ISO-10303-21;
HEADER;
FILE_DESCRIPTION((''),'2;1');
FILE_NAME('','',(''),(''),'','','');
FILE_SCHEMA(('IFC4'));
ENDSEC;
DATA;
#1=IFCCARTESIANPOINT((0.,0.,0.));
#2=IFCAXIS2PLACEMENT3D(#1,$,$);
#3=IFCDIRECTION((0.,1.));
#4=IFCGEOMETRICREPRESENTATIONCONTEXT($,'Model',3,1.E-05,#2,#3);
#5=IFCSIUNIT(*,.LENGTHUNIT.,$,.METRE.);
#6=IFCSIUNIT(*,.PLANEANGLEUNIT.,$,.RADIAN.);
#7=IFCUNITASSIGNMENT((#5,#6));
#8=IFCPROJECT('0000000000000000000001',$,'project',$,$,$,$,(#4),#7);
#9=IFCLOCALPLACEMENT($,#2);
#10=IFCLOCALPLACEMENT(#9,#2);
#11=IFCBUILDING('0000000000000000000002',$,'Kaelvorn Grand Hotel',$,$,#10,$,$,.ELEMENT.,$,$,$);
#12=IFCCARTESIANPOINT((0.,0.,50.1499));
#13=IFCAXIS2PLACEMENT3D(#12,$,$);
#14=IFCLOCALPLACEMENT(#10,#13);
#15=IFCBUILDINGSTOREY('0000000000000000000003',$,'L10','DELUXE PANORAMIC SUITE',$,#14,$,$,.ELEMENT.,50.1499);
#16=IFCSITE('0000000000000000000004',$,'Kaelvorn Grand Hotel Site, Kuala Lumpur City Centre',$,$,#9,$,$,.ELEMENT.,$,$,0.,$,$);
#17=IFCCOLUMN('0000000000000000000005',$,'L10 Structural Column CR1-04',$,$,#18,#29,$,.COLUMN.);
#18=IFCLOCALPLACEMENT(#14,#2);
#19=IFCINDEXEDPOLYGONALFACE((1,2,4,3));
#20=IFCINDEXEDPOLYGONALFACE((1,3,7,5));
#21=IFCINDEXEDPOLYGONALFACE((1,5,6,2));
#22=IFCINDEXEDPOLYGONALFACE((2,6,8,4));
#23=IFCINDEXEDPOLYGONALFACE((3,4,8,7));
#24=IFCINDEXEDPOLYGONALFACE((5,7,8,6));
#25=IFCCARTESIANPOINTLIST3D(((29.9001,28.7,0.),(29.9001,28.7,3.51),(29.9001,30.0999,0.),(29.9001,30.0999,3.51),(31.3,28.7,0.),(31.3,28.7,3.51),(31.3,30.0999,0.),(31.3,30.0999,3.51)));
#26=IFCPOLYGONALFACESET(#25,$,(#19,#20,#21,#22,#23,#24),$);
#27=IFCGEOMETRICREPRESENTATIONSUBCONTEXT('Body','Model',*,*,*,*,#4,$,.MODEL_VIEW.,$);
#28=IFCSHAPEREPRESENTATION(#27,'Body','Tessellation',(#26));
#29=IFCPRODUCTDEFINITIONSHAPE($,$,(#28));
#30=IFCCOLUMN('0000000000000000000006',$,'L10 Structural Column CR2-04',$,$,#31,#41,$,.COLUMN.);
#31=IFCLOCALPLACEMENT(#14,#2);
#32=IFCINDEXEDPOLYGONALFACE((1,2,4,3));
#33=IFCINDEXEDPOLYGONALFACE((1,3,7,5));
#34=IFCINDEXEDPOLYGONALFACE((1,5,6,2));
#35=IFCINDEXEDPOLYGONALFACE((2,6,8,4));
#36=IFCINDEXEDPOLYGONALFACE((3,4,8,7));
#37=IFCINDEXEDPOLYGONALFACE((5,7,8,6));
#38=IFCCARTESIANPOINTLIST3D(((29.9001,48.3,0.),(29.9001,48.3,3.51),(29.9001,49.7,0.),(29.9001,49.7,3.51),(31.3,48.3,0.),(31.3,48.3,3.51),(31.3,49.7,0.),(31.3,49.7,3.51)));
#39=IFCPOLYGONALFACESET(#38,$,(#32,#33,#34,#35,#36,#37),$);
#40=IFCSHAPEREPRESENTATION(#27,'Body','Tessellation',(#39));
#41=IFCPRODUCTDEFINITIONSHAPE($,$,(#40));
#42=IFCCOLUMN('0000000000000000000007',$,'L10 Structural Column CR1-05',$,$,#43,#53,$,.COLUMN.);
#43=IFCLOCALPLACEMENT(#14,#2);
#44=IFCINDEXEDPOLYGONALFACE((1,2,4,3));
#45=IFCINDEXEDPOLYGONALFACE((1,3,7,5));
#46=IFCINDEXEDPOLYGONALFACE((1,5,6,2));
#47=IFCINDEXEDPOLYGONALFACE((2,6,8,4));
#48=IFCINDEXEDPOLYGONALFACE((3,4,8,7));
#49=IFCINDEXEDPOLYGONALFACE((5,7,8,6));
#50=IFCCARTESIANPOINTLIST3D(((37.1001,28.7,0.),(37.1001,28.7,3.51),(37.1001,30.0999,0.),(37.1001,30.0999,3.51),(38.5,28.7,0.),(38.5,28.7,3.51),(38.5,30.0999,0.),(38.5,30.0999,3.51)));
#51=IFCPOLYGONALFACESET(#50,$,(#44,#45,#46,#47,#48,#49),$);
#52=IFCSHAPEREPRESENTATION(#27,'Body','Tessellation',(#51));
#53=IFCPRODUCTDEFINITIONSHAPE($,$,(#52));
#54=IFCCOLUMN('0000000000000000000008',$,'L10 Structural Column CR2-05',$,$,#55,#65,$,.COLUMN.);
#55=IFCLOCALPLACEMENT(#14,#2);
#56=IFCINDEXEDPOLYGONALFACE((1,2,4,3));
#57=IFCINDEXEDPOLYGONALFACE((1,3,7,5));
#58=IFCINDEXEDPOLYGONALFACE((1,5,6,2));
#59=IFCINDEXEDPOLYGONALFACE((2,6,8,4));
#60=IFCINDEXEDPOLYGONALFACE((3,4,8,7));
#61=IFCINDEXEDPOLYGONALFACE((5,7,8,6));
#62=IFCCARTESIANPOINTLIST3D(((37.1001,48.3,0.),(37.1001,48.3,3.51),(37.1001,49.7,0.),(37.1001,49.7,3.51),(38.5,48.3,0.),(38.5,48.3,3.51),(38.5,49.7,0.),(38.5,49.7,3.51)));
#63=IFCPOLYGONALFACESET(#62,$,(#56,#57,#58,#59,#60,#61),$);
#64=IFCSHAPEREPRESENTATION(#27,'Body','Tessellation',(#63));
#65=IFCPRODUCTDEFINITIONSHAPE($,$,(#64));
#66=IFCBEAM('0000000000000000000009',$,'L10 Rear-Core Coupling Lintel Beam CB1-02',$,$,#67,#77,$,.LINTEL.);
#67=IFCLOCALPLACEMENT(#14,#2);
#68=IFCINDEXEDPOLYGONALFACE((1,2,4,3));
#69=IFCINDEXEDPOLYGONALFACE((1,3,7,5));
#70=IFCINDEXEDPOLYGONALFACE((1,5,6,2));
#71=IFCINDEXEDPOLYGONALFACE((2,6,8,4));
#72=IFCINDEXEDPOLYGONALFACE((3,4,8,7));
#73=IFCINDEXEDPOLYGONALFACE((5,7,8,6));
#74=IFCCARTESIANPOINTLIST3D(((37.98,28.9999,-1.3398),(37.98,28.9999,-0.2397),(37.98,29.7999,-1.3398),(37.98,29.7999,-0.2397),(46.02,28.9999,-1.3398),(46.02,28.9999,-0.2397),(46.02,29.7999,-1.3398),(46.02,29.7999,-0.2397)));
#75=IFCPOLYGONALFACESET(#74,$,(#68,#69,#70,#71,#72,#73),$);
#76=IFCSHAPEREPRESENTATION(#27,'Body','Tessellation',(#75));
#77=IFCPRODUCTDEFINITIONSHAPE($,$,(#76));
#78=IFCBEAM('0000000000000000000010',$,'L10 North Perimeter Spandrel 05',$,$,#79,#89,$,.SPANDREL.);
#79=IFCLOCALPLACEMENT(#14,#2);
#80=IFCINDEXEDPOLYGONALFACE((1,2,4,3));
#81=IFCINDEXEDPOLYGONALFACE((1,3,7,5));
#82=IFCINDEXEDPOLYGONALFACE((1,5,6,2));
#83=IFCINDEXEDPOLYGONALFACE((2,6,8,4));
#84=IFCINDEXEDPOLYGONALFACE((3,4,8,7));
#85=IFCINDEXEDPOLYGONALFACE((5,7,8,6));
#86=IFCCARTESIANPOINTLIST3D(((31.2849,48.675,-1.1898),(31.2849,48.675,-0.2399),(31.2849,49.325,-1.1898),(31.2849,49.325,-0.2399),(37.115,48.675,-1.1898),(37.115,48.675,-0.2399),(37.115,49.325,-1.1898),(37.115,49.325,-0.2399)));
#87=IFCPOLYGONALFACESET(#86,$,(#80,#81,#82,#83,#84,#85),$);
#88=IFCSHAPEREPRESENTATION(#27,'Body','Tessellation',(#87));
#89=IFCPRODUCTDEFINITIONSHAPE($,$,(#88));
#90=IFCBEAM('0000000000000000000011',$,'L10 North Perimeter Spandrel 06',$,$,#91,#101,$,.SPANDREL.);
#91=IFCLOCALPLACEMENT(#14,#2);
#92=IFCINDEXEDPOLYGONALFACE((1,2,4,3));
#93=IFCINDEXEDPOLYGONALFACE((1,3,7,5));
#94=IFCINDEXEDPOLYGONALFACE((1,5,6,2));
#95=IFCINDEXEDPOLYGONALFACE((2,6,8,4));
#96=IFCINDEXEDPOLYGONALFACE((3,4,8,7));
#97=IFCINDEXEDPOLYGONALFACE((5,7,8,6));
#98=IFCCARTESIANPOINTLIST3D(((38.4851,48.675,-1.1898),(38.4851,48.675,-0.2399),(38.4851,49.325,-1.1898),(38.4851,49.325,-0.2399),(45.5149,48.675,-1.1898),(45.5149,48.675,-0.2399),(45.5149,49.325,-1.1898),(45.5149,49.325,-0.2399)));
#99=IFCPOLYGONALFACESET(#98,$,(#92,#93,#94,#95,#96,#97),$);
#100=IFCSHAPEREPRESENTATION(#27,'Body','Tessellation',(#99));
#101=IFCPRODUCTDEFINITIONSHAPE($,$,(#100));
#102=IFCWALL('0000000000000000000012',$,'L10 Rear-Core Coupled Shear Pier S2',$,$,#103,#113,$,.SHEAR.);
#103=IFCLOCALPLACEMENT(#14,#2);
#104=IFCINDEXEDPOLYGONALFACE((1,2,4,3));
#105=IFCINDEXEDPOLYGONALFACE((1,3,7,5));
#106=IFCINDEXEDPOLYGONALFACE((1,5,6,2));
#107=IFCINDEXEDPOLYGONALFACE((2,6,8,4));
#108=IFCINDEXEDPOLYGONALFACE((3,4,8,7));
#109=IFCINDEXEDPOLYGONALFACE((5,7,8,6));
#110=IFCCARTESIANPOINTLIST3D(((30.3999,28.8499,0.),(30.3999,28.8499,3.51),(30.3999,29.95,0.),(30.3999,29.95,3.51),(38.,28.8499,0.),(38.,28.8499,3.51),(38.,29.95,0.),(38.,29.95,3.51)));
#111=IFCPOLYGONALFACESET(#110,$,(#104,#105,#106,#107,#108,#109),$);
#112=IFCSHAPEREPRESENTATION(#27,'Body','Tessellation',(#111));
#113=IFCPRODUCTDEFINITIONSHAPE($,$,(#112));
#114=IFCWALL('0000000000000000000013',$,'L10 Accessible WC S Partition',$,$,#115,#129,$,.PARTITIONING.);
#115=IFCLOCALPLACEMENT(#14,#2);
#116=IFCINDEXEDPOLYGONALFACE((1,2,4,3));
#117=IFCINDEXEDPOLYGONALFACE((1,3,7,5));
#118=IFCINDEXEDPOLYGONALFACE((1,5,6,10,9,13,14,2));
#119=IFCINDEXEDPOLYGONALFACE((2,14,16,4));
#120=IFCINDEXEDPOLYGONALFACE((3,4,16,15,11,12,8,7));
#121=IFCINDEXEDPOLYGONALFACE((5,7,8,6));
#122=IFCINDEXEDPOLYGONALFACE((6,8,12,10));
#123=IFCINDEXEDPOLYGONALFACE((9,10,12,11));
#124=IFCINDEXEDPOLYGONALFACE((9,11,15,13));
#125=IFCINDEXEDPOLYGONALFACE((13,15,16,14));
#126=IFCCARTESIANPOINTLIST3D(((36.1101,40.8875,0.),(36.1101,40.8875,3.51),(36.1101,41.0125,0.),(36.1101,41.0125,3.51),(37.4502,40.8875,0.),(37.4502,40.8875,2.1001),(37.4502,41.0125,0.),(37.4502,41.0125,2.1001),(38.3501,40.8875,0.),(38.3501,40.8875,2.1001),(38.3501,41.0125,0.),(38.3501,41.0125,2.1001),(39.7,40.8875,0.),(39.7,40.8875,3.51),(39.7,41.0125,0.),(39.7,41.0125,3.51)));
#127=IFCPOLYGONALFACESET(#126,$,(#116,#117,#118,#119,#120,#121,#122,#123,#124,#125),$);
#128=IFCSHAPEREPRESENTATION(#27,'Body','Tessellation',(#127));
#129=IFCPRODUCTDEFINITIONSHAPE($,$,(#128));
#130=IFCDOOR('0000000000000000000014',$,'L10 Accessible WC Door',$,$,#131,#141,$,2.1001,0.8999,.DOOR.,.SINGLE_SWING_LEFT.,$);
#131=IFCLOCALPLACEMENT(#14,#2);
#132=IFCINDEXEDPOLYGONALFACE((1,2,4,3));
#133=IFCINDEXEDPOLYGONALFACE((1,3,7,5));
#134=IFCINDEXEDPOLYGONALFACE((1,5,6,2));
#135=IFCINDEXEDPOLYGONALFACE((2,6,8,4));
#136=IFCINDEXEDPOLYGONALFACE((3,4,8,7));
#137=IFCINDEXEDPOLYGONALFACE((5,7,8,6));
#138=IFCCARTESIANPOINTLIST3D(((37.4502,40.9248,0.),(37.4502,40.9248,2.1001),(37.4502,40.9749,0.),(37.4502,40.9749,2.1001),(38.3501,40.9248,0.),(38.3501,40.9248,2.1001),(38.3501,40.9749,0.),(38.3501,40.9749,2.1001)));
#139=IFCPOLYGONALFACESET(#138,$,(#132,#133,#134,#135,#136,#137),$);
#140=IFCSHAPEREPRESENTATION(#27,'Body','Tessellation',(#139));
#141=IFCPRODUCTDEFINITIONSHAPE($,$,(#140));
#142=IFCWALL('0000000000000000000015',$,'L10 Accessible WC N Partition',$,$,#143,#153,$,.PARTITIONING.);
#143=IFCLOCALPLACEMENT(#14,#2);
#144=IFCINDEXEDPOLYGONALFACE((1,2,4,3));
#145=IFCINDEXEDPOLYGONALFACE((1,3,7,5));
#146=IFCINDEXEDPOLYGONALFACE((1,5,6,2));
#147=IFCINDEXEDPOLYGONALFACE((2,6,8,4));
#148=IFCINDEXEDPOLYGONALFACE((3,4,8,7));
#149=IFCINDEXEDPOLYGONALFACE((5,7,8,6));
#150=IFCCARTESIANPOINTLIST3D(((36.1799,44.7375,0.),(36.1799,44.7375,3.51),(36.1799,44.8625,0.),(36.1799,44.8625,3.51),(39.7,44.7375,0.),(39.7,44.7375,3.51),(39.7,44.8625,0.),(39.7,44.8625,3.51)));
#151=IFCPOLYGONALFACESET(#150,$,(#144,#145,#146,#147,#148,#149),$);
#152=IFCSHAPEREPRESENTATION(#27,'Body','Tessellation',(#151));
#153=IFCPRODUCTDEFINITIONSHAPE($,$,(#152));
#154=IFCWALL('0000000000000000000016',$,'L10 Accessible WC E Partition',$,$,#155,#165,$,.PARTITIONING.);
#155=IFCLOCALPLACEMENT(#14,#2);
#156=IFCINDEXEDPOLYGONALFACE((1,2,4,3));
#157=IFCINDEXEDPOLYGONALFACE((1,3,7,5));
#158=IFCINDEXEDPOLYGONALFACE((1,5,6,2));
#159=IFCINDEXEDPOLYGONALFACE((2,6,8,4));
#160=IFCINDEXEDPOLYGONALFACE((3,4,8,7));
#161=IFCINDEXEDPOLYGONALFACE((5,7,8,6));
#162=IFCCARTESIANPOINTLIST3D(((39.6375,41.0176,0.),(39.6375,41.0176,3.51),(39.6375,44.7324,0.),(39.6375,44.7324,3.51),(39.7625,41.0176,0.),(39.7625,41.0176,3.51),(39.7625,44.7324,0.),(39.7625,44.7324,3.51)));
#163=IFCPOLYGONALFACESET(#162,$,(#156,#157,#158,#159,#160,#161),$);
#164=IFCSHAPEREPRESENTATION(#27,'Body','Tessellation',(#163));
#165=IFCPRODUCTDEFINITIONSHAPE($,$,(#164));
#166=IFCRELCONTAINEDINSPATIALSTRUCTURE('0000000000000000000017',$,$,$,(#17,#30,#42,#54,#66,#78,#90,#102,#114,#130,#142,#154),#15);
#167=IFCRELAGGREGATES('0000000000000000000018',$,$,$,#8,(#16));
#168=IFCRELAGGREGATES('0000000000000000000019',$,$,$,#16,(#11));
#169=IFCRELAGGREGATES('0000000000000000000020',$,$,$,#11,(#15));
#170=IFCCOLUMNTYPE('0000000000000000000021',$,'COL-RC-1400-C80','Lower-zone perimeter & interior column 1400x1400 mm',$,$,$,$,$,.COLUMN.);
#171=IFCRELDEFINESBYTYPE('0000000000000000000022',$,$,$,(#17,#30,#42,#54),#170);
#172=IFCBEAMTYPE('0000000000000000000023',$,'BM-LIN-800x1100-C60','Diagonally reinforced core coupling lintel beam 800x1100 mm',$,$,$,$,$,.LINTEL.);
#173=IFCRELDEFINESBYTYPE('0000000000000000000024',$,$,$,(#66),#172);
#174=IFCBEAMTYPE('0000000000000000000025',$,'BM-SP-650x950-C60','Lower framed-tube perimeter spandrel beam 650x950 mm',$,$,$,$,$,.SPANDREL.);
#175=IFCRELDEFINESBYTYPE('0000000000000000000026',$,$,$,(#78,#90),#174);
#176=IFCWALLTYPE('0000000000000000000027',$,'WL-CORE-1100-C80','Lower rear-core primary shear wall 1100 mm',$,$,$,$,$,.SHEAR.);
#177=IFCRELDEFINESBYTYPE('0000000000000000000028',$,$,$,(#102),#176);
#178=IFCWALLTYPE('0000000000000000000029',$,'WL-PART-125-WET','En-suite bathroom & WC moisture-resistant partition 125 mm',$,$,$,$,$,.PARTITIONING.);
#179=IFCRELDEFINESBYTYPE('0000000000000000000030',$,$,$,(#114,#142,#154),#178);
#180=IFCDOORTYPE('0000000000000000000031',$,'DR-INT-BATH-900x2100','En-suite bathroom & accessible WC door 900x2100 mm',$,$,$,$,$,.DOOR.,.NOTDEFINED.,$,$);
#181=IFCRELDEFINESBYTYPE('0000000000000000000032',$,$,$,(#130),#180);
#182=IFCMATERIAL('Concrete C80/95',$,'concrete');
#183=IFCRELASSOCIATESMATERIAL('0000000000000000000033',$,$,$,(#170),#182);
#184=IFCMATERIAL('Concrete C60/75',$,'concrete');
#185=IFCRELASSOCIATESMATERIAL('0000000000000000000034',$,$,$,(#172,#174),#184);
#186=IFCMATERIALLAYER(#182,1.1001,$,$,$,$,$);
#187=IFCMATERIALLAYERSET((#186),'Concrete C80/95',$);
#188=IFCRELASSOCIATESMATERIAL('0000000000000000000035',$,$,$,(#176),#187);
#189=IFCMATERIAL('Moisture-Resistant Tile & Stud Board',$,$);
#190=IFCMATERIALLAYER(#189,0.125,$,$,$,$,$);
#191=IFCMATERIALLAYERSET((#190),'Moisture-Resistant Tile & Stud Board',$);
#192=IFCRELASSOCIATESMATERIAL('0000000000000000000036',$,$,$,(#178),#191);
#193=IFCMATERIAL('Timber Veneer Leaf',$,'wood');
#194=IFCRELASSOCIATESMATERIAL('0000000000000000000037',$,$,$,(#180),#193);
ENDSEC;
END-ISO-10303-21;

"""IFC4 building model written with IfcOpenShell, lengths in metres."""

from ifc_helpers import new_model, si_unit, direction, frame, frame_2d, origin, origin_2d, place, context, subcontext, project, spatial, rectangle, extrude, material, layer, layer_set, material_profile, profile_set, type_object, element, fill, save


model = new_model("IFC4")

# Units and contexts
model_context = context("Model", 3, precision=1e-05, world=origin(), true_north=direction((0.0, 1.0)))
body_context = subcontext(model_context, "Body", "Model", "MODEL_VIEW")
ifc_project = project(units=[si_unit("LENGTHUNIT", "METRE"), si_unit("PLANEANGLEUNIT", "RADIAN")], contexts=[model_context])

# Site, building, storey
site_placement = place(None, origin())
site = spatial("IfcSite", under=ifc_project, at=site_placement, Name="Kaelvorn Grand Hotel Site, Kuala Lumpur City Centre", CompositionType="ELEMENT", RefElevation=0.0)
building_placement = place(site_placement, origin())
building = spatial("IfcBuilding", under=site, at=building_placement, Name="Kaelvorn Grand Hotel", CompositionType="ELEMENT")
storey_placement = place(building_placement, frame((0.0, 0.0, 50.1499)))
storey = spatial("IfcBuildingStorey", under=building, at=storey_placement, Name="L10", Description="DELUXE PANORAMIC SUITE", CompositionType="ELEMENT", Elevation=50.1499)

# Columns
ifc_material_1 = material(Name="Concrete C80/95", Category="concrete")
ifc_material_profile_1 = material_profile(ifc_material_1, rectangle(XDim=1.3999, YDim=1.3999, at=origin_2d()), Name="RC COL 1400x1400")
ifc_profile_set_1 = profile_set([ifc_material_profile_1], Name="Concrete C80/95")
column_type = type_object("IfcColumnType", Name="COL-RC-1400-C80", Description="Lower-zone perimeter & interior column 1400x1400 mm", PredefinedType="COLUMN", material=ifc_profile_set_1)
for number, where, z_axis, x_axis, name in (
    (1, (30.6001, 29.3999, 0.0), (0.0, 0.0, 1.0), (1.0, 0.0, 0.0), "L10 Structural Column CR1-04"),
    (2, (30.6001, 49.0, 0.0), (0.0, 0.0, 1.0), (1.0, 0.0, 0.0), "L10 Structural Column CR2-04"),
    (3, (37.8, 29.3999, 0.0), (0.0, 0.0, 1.0), (1.0, 0.0, 0.0), "L10 Structural Column CR1-05"),
    (4, (37.8, 49.0, 0.0), (0.0, 0.0, 1.0), (1.0, 0.0, 0.0), "L10 Structural Column CR2-05"),
):
    element("IfcColumn", number, at=place(storey_placement, frame(where, z_axis=z_axis, x_axis=x_axis)), inside=storey, type_object=column_type, Name=name, PredefinedType="COLUMN", context=body_context, shape_type="SweptSolid", body=[
        extrude(rectangle(XDim=1.3999, YDim=1.3999, at=origin_2d()), origin(), (0.0, 0.0, 1.0), 3.51),
    ])

# Beams
ifc_material_2 = material(Name="Concrete C60/75", Category="concrete")
ifc_material_profile_2 = material_profile(ifc_material_2, rectangle(XDim=0.8, YDim=1.1001, at=origin_2d()), Name="RC LINTEL 800x1100")
ifc_profile_set_2 = profile_set([ifc_material_profile_2], Name="Concrete C60/75")
beam_type_1 = type_object("IfcBeamType", Name="BM-LIN-800x1100-C60", Description="Diagonally reinforced core coupling lintel beam 800x1100 mm", PredefinedType="LINTEL", material=ifc_profile_set_2)
beam_1_placement = place(storey_placement, frame((37.98, 29.3999, -0.7898), z_axis=(1.0, 0.0, 0.0), x_axis=(0.0, 1.0, 0.0)))
element("IfcBeam", 5, at=beam_1_placement, inside=storey, type_object=beam_type_1, Name="L10 Rear-Core Coupling Lintel Beam CB1-02", PredefinedType="LINTEL", context=body_context, shape_type="SweptSolid", body=[
    extrude(rectangle(XDim=0.8, YDim=1.1001, at=origin_2d()), origin(), (0.0, 0.0, 1.0), 8.04),
])
ifc_material_profile_3 = material_profile(ifc_material_2, rectangle(XDim=0.6499, YDim=0.95, at=origin_2d()), Name="RC SPANDREL 650x950")
ifc_profile_set_3 = profile_set([ifc_material_profile_3], Name="Concrete C60/75")
beam_type_2 = type_object("IfcBeamType", Name="BM-SP-650x950-C60", Description="Lower framed-tube perimeter spandrel beam 650x950 mm", PredefinedType="SPANDREL", material=ifc_profile_set_3)
beam_2_placement = place(storey_placement, frame((31.2849, 49.0, -0.7148), z_axis=(1.0, 0.0, 0.0), x_axis=(0.0, 1.0, 0.0)))
element("IfcBeam", 6, at=beam_2_placement, inside=storey, type_object=beam_type_2, Name="L10 North Perimeter Spandrel 05", PredefinedType="SPANDREL", context=body_context, shape_type="SweptSolid", body=[
    extrude(rectangle(XDim=0.6499, YDim=0.95, at=origin_2d()), origin(), (0.0, 0.0, 1.0), 5.8301),
])
beam_3_placement = place(storey_placement, frame((38.4851, 49.0, -0.7148), z_axis=(1.0, 0.0, 0.0), x_axis=(0.0, 1.0, 0.0)))
element("IfcBeam", 7, at=beam_3_placement, inside=storey, type_object=beam_type_2, Name="L10 North Perimeter Spandrel 06", PredefinedType="SPANDREL", context=body_context, shape_type="SweptSolid", body=[
    extrude(rectangle(XDim=0.6499, YDim=0.95, at=origin_2d()), origin(), (0.0, 0.0, 1.0), 7.0298),
])

# Wall
ifc_layer_1 = layer(ifc_material_1, 1.1001)
ifc_layer_set_1 = layer_set([ifc_layer_1], Name="Concrete C80/95")
wall_type_1 = type_object("IfcWallType", Name="WL-CORE-1100-C80", Description="Lower rear-core primary shear wall 1100 mm", PredefinedType="SHEAR", material=ifc_layer_set_1)
wall_1_placement = place(storey_placement, frame((30.3999, 29.3999, 0.0), z_axis=(0.0, 0.0, 1.0), x_axis=(1.0, 0.0, 0.0)))
element("IfcWall", 8, at=wall_1_placement, inside=storey, type_object=wall_type_1, Name="L10 Rear-Core Coupled Shear Pier S2", PredefinedType="SHEAR", context=body_context, shape_type="SweptSolid", body=[
    extrude(rectangle(XDim=7.6001, YDim=1.1001, at=frame_2d((3.8, 0.0))), origin(), (0.0, 0.0, 1.0), 3.51),
])

# Wall, opening, door
ifc_material_3 = material(Name="Moisture-Resistant Tile & Stud Board")
ifc_layer_2 = layer(ifc_material_3, 0.125)
ifc_layer_set_2 = layer_set([ifc_layer_2], Name="Moisture-Resistant Tile & Stud Board")
wall_type_2 = type_object("IfcWallType", Name="WL-PART-125-WET", Description="En-suite bathroom & WC moisture-resistant partition 125 mm", PredefinedType="PARTITIONING", material=ifc_layer_set_2)
wall_2_placement = place(storey_placement, frame((36.1101, 40.95, 0.0), z_axis=(0.0, 0.0, 1.0), x_axis=(1.0, 0.0, 0.0)))
wall_2 = element("IfcWall", 9, at=wall_2_placement, inside=storey, type_object=wall_type_2, Name="L10 Accessible WC S Partition", PredefinedType="PARTITIONING", context=body_context, shape_type="SweptSolid", body=[
    extrude(rectangle(XDim=3.5898, YDim=0.125, at=frame_2d((1.7949, 0.0))), origin(), (0.0, 0.0, 1.0), 3.51),
])
opening_1_placement = place(wall_2_placement, frame((1.3401, 0.0, 0.0)))
opening_1 = element("IfcOpeningElement", 10, at=opening_1_placement, cuts=wall_2, PredefinedType="OPENING", context=body_context, shape_type="SweptSolid", body=[
    extrude(rectangle(XDim=0.8999, YDim=2.1001, at=frame_2d((0.45, 1.05))), frame((0.0, 0.0725, 0.0), z_axis=(0.0, -1.0, 0.0), x_axis=(1.0, 0.0, 0.0)), (0.0, 0.0, 1.0), 0.145),
])
ifc_material_4 = material(Name="Timber Veneer Leaf", Category="wood")
door_type_1 = type_object("IfcDoorType", Name="DR-INT-BATH-900x2100", Description="En-suite bathroom & accessible WC door 900x2100 mm", OperationType="NOTDEFINED", PredefinedType="DOOR", material=ifc_material_4)
door_1_placement = place(opening_1_placement, origin())
door_1 = element("IfcDoor", 11, at=door_1_placement, inside=storey, type_object=door_type_1, Name="L10 Accessible WC Door", OperationType="SINGLE_SWING_LEFT", OverallHeight=2.1001, OverallWidth=0.8999, PredefinedType="DOOR", context=body_context, shape_type="SweptSolid", body=[
    extrude(rectangle(XDim=0.8999, YDim=2.1001, at=frame_2d((0.45, 1.05))), frame((0.0, 0.0249, 0.0), z_axis=(0.0, -1.0, 0.0), x_axis=(1.0, 0.0, 0.0)), (0.0, 0.0, 1.0), 0.05),
])
fill(opening_1, door_1)

# Walls
wall_3_placement = place(storey_placement, frame((36.1799, 44.8, 0.0), z_axis=(0.0, 0.0, 1.0), x_axis=(1.0, 0.0, 0.0)))
element("IfcWall", 12, at=wall_3_placement, inside=storey, type_object=wall_type_2, Name="L10 Accessible WC N Partition", PredefinedType="PARTITIONING", context=body_context, shape_type="SweptSolid", body=[
    extrude(rectangle(XDim=3.52, YDim=0.125, at=frame_2d((1.76, 0.0))), origin(), (0.0, 0.0, 1.0), 3.51),
])
wall_4_placement = place(storey_placement, frame((39.7, 41.0176, 0.0), z_axis=(0.0, 0.0, 1.0), x_axis=(0.0, 1.0, 0.0)))
element("IfcWall", 13, at=wall_4_placement, inside=storey, type_object=wall_type_2, Name="L10 Accessible WC E Partition", PredefinedType="PARTITIONING", context=body_context, shape_type="SweptSolid", body=[
    extrude(rectangle(XDim=3.7148, YDim=0.125, at=frame_2d((1.8574, 0.0))), origin(), (0.0, 0.0, 1.0), 3.51),
])

save(model, "model.ifc")
